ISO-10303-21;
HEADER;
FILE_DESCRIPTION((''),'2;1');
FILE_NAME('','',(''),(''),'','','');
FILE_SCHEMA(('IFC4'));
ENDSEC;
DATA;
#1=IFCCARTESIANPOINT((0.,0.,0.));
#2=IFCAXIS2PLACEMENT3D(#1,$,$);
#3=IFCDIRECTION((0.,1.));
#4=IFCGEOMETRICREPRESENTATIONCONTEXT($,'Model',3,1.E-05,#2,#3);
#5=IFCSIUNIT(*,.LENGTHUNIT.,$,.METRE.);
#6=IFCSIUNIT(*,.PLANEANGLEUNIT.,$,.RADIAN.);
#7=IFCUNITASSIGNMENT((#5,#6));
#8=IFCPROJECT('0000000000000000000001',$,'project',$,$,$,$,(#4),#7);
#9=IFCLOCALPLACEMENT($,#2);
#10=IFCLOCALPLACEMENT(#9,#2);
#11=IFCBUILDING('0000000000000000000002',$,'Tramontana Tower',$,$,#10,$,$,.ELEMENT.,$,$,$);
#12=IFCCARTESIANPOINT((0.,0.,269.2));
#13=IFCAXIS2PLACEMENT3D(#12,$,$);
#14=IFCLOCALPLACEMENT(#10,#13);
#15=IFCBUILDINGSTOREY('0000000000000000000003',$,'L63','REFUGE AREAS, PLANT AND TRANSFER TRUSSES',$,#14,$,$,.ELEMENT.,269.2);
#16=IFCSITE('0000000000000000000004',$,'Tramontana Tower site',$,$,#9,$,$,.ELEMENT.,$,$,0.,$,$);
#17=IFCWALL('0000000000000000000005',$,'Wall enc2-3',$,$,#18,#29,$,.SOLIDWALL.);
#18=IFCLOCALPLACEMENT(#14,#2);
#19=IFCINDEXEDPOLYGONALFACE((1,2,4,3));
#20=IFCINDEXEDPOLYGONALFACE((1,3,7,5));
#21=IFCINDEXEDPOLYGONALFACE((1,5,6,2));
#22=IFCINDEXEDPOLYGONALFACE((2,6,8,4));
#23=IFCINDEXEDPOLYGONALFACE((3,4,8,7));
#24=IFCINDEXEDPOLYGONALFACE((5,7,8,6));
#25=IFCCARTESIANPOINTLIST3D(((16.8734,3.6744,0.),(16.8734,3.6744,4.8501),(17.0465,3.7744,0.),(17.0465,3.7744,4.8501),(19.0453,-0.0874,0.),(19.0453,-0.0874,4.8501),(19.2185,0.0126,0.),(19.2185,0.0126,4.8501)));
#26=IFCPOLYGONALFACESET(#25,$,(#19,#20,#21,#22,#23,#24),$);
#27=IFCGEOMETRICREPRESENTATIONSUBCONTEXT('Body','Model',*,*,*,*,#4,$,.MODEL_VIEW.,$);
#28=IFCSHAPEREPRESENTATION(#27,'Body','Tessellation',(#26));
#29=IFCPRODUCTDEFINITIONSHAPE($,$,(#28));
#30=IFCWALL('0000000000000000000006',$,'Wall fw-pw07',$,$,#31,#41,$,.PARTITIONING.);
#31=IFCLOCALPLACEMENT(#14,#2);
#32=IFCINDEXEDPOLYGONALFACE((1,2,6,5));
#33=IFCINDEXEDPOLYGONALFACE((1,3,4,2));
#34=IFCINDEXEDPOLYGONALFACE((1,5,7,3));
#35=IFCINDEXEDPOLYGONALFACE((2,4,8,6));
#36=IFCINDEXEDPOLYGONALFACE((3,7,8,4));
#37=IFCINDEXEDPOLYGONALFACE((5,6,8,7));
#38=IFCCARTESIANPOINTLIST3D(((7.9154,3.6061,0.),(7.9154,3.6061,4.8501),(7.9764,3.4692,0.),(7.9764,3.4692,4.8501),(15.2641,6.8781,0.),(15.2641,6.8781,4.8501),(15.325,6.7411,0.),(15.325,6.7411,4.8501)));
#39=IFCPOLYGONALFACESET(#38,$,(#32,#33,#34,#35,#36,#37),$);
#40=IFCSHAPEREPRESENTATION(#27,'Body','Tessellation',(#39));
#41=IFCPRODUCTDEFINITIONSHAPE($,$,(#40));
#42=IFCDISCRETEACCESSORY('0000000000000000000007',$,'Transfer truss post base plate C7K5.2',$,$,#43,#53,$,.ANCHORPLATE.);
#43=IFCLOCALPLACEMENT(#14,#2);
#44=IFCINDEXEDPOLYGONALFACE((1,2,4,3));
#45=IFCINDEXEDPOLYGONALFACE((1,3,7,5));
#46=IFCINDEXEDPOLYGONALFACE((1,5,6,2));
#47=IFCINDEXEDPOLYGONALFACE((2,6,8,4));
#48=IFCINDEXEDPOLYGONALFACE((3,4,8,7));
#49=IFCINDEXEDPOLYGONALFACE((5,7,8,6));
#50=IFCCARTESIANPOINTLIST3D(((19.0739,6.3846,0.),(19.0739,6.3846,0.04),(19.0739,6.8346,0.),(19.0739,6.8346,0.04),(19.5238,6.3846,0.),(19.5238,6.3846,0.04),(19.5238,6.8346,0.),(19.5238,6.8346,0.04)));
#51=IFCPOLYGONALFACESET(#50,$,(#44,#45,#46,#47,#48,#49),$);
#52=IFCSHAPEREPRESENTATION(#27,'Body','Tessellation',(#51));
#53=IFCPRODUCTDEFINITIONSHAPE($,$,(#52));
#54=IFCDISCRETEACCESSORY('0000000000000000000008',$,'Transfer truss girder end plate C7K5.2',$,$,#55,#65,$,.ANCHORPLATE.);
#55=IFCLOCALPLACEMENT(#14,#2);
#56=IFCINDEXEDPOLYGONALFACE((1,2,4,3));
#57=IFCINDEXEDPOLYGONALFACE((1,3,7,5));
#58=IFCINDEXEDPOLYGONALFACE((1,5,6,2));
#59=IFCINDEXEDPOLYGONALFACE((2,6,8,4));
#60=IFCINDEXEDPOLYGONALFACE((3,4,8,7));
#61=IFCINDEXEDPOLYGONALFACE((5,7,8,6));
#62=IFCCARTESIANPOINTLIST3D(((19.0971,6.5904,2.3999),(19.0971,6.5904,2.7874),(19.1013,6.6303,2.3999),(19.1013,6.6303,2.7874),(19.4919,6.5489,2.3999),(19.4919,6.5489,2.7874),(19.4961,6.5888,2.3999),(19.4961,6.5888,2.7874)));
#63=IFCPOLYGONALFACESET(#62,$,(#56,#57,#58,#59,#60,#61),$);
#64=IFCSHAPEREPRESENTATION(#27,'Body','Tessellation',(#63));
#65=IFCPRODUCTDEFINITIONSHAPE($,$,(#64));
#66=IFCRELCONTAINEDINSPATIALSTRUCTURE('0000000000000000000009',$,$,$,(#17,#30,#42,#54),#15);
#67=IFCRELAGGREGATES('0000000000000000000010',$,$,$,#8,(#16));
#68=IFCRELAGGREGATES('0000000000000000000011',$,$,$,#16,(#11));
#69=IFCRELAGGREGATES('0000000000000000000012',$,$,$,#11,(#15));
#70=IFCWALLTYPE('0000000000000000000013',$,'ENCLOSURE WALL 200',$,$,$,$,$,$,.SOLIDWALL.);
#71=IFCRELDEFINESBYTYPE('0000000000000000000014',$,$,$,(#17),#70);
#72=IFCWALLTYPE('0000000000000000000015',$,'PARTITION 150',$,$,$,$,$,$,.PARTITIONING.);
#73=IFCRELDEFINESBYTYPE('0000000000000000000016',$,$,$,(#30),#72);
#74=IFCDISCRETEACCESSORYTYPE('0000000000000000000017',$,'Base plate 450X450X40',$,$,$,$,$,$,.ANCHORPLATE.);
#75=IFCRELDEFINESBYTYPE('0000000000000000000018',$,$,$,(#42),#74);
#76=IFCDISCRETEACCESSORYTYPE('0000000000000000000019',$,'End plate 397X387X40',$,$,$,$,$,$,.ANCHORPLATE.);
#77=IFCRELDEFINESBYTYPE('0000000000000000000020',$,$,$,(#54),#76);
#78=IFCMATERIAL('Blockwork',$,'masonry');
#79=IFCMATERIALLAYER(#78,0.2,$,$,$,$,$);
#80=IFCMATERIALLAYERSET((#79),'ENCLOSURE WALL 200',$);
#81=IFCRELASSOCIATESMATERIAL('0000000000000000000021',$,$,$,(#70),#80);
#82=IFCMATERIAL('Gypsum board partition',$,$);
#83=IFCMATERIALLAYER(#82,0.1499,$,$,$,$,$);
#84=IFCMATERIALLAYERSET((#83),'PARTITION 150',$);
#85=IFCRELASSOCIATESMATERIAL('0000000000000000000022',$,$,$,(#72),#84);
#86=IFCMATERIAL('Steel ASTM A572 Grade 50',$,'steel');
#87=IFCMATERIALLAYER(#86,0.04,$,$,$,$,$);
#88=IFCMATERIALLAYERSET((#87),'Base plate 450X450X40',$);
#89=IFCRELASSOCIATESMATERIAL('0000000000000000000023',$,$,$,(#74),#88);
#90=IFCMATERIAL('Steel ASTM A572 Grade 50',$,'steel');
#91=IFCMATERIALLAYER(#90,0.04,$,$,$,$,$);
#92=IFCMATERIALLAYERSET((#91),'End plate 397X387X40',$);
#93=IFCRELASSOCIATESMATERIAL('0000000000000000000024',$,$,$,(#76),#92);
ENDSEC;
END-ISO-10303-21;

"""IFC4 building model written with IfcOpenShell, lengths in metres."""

from ifc_helpers import new_model, si_unit, direction, frame, frame_2d, origin, origin_2d, place, context, subcontext, project, spatial, rectangle, extrude, material, layer, layer_set, type_object, element, save


model = new_model("IFC4")

# Units and contexts
model_context = context("Model", 3, precision=1e-05, world=origin(), true_north=direction((0.0, 1.0)))
body_context = subcontext(model_context, "Body", "Model", "MODEL_VIEW")
ifc_project = project(units=[si_unit("LENGTHUNIT", "METRE"), si_unit("PLANEANGLEUNIT", "RADIAN")], contexts=[model_context])

# Site, building, storey
site_placement = place(None, origin())
site = spatial("IfcSite", under=ifc_project, at=site_placement, Name="Tramontana Tower site", CompositionType="ELEMENT", RefElevation=0.0)
building_placement = place(site_placement, origin())
building = spatial("IfcBuilding", under=site, at=building_placement, Name="Tramontana Tower", CompositionType="ELEMENT")
storey_placement = place(building_placement, frame((0.0, 0.0, 269.2)))
storey = spatial("IfcBuildingStorey", under=building, at=storey_placement, Name="L63", Description="REFUGE AREAS, PLANT AND TRANSFER TRUSSES", CompositionType="ELEMENT", Elevation=269.2)

# Walls
ifc_material_1 = material(Name="Blockwork", Category="masonry")
ifc_layer_1 = layer(ifc_material_1, 0.2)
ifc_layer_set_1 = layer_set([ifc_layer_1], Name="ENCLOSURE WALL 200")
wall_type_1 = type_object("IfcWallType", Name="ENCLOSURE WALL 200", PredefinedType="SOLIDWALL", material=ifc_layer_set_1)
wall_1_placement = place(storey_placement, frame((16.96, 3.7244, 0.0), z_axis=(0.0, 0.0, 1.0), x_axis=(0.500008, -0.866021, 0.0)))
element("IfcWall", 1, at=wall_1_placement, inside=storey, type_object=wall_type_1, Name="Wall enc2-3", PredefinedType="SOLIDWALL", context=body_context, shape_type="SweptSolid", body=[
    extrude(rectangle(XDim=4.3438, YDim=0.2, at=frame_2d((2.1719, 0.0))), origin(), (0.0, 0.0, 1.0), 4.8501),
])
ifc_material_2 = material(Name="Gypsum board partition")
ifc_layer_2 = layer(ifc_material_2, 0.1499)
ifc_layer_set_2 = layer_set([ifc_layer_2], Name="PARTITION 150")
wall_type_2 = type_object("IfcWallType", Name="PARTITION 150", PredefinedType="PARTITIONING", material=ifc_layer_set_2)
wall_2_placement = place(storey_placement, frame((15.2944, 6.8096, 0.0), z_axis=(0.0, 0.0, 1.0), x_axis=(-0.913539, -0.406752, 0.0)))
element("IfcWall", 2, at=wall_2_placement, inside=storey, type_object=wall_type_2, Name="Wall fw-pw07", PredefinedType="PARTITIONING", context=body_context, shape_type="SweptSolid", body=[
    extrude(rectangle(XDim=8.0442, YDim=0.1499, at=frame_2d((4.022, 0.0))), origin(), (0.0, 0.0, 1.0), 4.8501),
])

# Discrete accessories
ifc_material_3 = material(Name="Steel ASTM A572 Grade 50", Category="steel")
ifc_layer_3 = layer(ifc_material_3, 0.04)
ifc_layer_set_3 = layer_set([ifc_layer_3], Name="Base plate 450X450X40")
discrete_accessory_type_1 = type_object("IfcDiscreteAccessoryType", Name="Base plate 450X450X40", PredefinedType="ANCHORPLATE", material=ifc_layer_set_3)
discrete_accessory_1_placement = place(storey_placement, frame((19.2988, 6.6096, 0.0), z_axis=(0.0, 0.0, 1.0), x_axis=(1.0, 0.0, 0.0)))
element("IfcDiscreteAccessory", 3, at=discrete_accessory_1_placement, inside=storey, type_object=discrete_accessory_type_1, Name="Transfer truss post base plate C7K5.2", PredefinedType="ANCHORPLATE", context=body_context, shape_type="SweptSolid", body=[
    extrude(rectangle(XDim=0.45, YDim=0.45, at=origin_2d()), origin(), (0.0, 0.0, 1.0), 0.04),
])
ifc_material_4 = material(Name="Steel ASTM A572 Grade 50", Category="steel")
ifc_layer_4 = layer(ifc_material_4, 0.04)
ifc_layer_set_4 = layer_set([ifc_layer_4], Name="End plate 397X387X40")
discrete_accessory_type_2 = type_object("IfcDiscreteAccessoryType", Name="End plate 397X387X40", PredefinedType="ANCHORPLATE", material=ifc_layer_set_4)
discrete_accessory_2_placement = place(storey_placement, frame((19.2966, 6.5896, 2.3999), z_axis=(0.0, 0.0, 1.0), x_axis=(-0.994522, 0.104528, 0.0)))
element("IfcDiscreteAccessory", 4, at=discrete_accessory_2_placement, inside=storey, type_object=discrete_accessory_type_2, Name="Transfer truss girder end plate C7K5.2", PredefinedType="ANCHORPLATE", context=body_context, shape_type="SweptSolid", body=[
    extrude(rectangle(XDim=0.397, YDim=0.04, at=origin_2d()), origin(), (0.0, 0.0, 1.0), 0.3875),
])

save(model, "model.ifc")
